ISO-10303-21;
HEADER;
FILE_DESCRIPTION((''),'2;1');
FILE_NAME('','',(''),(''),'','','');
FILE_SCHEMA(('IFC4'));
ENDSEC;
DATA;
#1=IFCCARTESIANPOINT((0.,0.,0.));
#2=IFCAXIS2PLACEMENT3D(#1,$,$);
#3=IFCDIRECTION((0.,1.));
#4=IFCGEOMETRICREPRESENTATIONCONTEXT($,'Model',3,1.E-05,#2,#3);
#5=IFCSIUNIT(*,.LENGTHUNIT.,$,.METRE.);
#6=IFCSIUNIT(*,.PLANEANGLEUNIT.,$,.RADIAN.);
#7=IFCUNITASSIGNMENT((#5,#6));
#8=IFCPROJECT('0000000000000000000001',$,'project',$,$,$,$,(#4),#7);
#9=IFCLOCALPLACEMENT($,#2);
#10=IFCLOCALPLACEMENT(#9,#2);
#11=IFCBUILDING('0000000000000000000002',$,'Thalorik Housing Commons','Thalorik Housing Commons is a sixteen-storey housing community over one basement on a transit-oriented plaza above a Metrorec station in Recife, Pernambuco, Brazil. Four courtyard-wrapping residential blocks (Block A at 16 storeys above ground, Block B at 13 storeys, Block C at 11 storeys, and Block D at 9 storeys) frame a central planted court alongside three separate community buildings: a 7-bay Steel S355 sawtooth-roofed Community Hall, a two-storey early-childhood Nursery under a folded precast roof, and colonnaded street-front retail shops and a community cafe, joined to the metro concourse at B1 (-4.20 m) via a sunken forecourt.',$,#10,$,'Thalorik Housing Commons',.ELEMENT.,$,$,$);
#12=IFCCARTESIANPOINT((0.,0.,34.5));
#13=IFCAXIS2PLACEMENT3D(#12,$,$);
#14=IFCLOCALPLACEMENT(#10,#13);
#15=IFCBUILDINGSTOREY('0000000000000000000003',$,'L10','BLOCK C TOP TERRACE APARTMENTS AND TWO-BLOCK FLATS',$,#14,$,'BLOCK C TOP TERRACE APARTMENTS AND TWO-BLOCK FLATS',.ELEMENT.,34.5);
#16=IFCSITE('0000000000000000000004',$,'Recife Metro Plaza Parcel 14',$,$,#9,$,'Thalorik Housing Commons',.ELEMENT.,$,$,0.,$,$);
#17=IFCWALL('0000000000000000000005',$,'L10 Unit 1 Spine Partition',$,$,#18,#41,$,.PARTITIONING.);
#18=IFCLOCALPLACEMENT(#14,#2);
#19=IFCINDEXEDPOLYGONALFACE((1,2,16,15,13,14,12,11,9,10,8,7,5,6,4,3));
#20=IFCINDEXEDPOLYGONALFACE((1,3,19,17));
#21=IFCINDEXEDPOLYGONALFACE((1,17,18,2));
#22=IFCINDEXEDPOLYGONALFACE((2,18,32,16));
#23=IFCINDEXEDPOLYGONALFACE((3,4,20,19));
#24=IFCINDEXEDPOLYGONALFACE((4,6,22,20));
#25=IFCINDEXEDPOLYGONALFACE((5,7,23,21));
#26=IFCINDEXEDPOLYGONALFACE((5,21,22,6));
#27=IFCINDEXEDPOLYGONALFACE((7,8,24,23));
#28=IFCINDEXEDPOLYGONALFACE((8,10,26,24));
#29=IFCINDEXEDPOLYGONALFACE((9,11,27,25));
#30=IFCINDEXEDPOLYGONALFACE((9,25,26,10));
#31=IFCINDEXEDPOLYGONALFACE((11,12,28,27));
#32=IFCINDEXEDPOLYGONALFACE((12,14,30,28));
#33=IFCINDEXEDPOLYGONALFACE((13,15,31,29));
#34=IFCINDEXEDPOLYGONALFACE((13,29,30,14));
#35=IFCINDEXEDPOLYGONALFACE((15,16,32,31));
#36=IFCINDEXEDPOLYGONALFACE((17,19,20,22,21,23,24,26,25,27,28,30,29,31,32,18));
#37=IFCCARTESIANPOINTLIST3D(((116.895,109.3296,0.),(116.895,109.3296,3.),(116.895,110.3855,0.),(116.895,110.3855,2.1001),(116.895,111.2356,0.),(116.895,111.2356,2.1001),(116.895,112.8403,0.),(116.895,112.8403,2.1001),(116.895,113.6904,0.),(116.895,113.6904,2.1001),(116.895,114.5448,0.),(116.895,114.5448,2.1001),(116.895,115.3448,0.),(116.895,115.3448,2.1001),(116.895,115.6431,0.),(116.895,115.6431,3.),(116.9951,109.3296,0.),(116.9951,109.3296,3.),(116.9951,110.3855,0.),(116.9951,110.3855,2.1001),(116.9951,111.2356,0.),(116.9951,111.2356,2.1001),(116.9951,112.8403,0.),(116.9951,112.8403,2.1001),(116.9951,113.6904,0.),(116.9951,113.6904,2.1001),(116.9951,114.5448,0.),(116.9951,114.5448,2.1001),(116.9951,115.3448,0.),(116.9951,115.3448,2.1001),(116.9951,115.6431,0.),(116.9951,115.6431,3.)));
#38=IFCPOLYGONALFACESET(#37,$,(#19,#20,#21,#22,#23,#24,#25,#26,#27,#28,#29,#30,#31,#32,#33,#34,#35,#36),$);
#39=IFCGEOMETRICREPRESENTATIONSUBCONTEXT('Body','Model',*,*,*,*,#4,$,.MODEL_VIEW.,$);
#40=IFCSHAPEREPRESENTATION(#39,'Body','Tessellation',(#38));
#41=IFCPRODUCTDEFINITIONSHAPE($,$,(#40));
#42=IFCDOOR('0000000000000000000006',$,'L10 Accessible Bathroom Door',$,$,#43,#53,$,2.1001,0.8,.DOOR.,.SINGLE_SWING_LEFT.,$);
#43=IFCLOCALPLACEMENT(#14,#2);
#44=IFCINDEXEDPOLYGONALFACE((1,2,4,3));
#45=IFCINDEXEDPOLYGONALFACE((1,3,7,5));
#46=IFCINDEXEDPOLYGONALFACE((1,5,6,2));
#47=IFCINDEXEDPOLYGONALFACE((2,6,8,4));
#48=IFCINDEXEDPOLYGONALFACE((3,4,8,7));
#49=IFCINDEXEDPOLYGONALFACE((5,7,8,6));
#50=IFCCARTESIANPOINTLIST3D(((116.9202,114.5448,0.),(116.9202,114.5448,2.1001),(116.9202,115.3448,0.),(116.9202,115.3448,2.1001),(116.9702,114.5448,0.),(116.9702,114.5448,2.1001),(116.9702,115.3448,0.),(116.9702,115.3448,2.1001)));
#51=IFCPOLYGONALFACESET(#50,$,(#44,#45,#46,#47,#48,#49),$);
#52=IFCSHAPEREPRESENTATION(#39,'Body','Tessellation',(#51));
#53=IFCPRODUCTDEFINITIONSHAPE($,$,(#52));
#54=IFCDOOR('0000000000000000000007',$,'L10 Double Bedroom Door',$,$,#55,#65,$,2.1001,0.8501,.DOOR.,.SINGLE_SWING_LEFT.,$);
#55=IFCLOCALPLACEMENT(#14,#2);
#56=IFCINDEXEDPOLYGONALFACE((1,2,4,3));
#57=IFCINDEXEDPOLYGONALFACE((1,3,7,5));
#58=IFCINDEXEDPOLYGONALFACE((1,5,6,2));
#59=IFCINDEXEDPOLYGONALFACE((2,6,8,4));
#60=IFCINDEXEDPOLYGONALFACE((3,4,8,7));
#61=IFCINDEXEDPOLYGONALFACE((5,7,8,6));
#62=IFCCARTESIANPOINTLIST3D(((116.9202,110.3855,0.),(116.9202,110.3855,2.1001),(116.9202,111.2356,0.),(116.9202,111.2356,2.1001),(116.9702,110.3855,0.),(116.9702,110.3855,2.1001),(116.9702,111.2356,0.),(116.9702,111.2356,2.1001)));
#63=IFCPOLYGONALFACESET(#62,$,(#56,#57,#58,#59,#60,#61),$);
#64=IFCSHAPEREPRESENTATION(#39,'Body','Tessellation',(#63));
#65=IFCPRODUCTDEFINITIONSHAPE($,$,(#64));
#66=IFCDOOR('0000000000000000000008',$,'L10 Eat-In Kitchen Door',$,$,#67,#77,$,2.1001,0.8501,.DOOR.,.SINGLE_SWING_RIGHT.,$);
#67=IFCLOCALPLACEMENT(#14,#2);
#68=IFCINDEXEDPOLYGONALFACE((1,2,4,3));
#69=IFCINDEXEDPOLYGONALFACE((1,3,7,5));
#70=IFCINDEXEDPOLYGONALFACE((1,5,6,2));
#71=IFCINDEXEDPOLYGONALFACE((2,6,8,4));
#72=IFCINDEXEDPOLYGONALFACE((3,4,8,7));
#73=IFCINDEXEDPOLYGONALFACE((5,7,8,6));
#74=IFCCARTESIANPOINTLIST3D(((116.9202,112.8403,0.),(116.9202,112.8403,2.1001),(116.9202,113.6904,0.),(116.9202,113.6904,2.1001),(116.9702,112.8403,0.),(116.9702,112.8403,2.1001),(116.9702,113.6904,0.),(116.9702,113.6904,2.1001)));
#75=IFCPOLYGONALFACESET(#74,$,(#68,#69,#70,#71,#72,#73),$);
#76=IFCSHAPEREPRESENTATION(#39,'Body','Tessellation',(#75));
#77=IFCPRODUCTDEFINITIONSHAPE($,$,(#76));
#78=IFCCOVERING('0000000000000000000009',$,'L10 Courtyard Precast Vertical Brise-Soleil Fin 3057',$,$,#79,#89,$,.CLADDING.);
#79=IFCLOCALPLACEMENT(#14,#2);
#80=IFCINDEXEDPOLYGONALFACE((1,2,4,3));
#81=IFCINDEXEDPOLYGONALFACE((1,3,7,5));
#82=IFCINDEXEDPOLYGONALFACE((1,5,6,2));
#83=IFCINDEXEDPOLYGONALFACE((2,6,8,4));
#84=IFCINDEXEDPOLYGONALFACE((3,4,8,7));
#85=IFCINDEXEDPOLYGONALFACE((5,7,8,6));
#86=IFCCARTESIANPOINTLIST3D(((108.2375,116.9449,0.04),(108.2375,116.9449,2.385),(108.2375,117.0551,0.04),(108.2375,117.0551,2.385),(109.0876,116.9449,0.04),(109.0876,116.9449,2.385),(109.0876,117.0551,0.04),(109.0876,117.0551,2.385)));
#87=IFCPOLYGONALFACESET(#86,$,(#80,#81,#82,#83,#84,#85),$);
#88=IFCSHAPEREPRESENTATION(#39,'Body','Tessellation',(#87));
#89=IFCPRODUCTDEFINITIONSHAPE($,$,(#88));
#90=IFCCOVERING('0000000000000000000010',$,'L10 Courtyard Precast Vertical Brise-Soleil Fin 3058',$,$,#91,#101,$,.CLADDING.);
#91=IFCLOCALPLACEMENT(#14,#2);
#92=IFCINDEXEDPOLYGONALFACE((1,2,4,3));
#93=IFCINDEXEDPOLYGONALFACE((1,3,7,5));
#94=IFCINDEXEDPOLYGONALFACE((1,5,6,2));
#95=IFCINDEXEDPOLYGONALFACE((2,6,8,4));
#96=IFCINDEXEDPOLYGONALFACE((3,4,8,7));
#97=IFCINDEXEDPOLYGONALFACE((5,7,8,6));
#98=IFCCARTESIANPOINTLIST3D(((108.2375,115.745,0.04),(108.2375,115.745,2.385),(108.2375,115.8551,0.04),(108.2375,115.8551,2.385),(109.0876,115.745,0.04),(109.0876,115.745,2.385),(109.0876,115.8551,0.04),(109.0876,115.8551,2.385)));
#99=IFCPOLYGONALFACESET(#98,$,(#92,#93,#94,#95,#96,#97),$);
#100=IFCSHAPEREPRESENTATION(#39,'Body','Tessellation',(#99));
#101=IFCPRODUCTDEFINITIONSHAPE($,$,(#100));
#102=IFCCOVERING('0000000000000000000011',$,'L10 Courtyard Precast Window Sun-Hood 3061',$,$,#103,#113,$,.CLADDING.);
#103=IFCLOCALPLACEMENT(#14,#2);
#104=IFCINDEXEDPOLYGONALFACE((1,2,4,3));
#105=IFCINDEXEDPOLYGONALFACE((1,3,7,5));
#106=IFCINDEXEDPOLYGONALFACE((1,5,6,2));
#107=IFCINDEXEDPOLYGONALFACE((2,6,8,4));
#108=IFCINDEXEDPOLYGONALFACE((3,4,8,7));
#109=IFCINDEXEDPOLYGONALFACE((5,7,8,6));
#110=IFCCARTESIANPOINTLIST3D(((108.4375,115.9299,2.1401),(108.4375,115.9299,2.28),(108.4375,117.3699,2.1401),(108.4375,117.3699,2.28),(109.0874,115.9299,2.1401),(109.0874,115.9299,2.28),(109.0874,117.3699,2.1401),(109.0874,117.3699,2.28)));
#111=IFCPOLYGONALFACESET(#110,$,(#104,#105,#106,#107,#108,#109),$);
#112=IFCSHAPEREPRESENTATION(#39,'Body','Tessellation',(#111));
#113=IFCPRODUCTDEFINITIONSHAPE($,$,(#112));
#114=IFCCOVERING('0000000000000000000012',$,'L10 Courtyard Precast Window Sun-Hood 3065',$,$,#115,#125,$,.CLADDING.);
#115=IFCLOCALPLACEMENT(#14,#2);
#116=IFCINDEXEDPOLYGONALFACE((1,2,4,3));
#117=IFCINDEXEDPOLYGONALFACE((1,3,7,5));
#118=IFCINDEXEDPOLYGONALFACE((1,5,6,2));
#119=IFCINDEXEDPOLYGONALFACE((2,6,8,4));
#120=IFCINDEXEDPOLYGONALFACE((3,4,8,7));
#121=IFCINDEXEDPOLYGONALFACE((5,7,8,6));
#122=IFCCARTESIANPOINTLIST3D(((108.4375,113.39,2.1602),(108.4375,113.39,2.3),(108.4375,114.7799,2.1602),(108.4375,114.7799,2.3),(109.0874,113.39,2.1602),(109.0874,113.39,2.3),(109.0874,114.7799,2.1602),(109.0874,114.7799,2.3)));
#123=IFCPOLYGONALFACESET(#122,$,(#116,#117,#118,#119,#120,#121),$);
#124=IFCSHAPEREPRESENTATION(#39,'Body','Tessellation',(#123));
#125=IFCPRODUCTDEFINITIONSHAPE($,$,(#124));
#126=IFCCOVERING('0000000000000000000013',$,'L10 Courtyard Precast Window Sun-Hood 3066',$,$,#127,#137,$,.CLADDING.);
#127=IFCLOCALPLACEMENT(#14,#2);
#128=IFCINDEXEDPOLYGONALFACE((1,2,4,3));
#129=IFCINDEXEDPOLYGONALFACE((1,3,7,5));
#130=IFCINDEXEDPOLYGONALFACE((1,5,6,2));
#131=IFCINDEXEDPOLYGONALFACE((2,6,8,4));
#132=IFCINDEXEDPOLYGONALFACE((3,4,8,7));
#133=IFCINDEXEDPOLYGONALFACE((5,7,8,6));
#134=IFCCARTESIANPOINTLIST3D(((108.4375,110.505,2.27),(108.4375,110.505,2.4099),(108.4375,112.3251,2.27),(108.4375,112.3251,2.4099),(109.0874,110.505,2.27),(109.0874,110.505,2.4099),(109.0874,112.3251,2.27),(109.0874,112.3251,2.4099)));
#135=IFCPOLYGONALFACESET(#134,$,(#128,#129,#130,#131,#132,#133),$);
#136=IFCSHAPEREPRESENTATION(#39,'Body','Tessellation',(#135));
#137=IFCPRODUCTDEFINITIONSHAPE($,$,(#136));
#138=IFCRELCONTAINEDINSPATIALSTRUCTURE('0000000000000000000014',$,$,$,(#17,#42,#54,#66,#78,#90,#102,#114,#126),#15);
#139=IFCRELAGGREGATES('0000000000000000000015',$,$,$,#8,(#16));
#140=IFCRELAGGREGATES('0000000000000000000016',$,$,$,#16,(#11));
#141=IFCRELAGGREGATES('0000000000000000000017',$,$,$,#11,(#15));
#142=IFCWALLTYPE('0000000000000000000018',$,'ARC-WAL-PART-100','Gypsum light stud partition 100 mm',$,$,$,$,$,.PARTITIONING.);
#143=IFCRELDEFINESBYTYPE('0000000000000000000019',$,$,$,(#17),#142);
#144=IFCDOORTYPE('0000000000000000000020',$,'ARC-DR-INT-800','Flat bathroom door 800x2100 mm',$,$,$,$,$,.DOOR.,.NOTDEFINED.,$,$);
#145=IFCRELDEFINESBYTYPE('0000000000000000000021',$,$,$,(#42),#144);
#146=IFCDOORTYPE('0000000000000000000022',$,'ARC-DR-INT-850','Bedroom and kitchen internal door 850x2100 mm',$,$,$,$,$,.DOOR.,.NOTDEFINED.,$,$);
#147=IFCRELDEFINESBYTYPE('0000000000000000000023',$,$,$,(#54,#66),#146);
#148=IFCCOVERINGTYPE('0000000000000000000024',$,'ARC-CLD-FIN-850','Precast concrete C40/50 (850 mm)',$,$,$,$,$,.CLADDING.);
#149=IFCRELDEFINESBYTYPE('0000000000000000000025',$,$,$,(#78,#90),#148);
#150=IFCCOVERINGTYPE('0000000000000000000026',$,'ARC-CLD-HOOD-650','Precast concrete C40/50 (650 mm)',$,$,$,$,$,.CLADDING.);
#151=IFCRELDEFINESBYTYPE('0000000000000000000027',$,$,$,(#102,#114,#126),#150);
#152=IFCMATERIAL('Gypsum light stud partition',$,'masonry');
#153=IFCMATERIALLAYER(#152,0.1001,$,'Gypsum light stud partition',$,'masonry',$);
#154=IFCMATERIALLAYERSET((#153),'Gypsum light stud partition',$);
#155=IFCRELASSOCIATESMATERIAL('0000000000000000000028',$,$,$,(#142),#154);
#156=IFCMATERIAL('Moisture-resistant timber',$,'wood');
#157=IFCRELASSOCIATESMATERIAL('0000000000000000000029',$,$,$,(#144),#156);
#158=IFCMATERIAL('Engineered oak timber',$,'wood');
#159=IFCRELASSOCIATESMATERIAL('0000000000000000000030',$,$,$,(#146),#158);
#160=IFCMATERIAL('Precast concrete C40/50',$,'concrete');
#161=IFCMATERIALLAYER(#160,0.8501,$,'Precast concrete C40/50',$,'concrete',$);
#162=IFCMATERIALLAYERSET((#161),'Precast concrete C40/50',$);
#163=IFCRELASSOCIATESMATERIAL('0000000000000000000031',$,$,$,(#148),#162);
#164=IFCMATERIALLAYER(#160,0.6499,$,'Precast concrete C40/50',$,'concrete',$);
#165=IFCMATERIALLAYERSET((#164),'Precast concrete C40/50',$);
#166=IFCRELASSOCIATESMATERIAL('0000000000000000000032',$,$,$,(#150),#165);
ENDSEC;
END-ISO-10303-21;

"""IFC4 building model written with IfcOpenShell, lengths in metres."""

from ifc_helpers import new_model, si_unit, direction, frame, frame_2d, origin, origin_2d, place, context, subcontext, project, spatial, rectangle, extrude, material, layer, layer_set, type_object, element, fill, save


model = new_model("IFC4")

# Units and contexts
model_context = context("Model", 3, precision=1e-05, world=origin(), true_north=direction((0.0, 1.0)))
body_context = subcontext(model_context, "Body", "Model", "MODEL_VIEW")
ifc_project = project(units=[si_unit("LENGTHUNIT", "METRE"), si_unit("PLANEANGLEUNIT", "RADIAN")], contexts=[model_context])

# Site, building, storey
site_placement = place(None, origin())
site = spatial("IfcSite", under=ifc_project, at=site_placement, Name="Recife Metro Plaza Parcel 14", LongName="Thalorik Housing Commons", CompositionType="ELEMENT", RefElevation=0.0)
building_placement = place(site_placement, origin())
building = spatial("IfcBuilding", under=site, at=building_placement, Name="Thalorik Housing Commons", Description="Thalorik Housing Commons is a sixteen-storey housing community over one basement on a transit-oriented plaza above a Metrorec station in Recife, Pernambuco, Brazil. Four courtyard-wrapping residential blocks (Block A at 16 storeys above ground, Block B at 13 storeys, Block C at 11 storeys, and Block D at 9 storeys) frame a central planted court alongside three separate community buildings: a 7-bay Steel S355 sawtooth-roofed Community Hall, a two-storey early-childhood Nursery under a folded precast roof, and colonnaded street-front retail shops and a community cafe, joined to the metro concourse at B1 (-4.20 m) via a sunken forecourt.", LongName="Thalorik Housing Commons", CompositionType="ELEMENT")
storey_placement = place(building_placement, frame((0.0, 0.0, 34.5)))
storey = spatial("IfcBuildingStorey", under=building, at=storey_placement, Name="L10", Description="BLOCK C TOP TERRACE APARTMENTS AND TWO-BLOCK FLATS", LongName="BLOCK C TOP TERRACE APARTMENTS AND TWO-BLOCK FLATS", CompositionType="ELEMENT", Elevation=34.5)

# Shared definitions
ifc_material_1 = material(Name="Precast concrete C40/50", Category="concrete")

# Wall, openings, doors
ifc_material_2 = material(Name="Gypsum light stud partition", Category="masonry")
ifc_layer_1 = layer(ifc_material_2, 0.1001, Name="Gypsum light stud partition", Category="masonry")
ifc_layer_set_1 = layer_set([ifc_layer_1], Name="Gypsum light stud partition")
wall_type_1 = type_object("IfcWallType", Name="ARC-WAL-PART-100", Description="Gypsum light stud partition 100 mm", PredefinedType="PARTITIONING", material=ifc_layer_set_1)
wall_1_placement = place(storey_placement, frame((116.9451, 109.3296, 0.0), z_axis=(0.0, 0.0, 1.0), x_axis=(0.0, 1.0, 0.0)))
wall_1 = element("IfcWall", 1, at=wall_1_placement, inside=storey, type_object=wall_type_1, Name="L10 Unit 1 Spine Partition", PredefinedType="PARTITIONING", context=body_context, shape_type="SweptSolid", body=[
    extrude(rectangle(XDim=6.3135, YDim=0.1001, at=frame_2d((3.1567, 0.0))), origin(), (0.0, 0.0, 1.0), 3.0),
])
opening_1_placement = place(wall_1_placement, frame((1.0559, 0.0, 0.0)))
opening_1 = element("IfcOpeningElement", 2, at=opening_1_placement, cuts=wall_1, PredefinedType="OPENING", context=body_context, shape_type="SweptSolid", body=[
    extrude(rectangle(XDim=0.8501, YDim=2.1001, at=frame_2d((0.425, 1.05))), frame((0.0, 0.0601, 0.0), z_axis=(0.0, -1.0, 0.0), x_axis=(1.0, 0.0, 0.0)), (0.0, 0.0, 1.0), 0.1201),
])
opening_2_placement = place(wall_1_placement, frame((3.5107, 0.0, 0.0)))
opening_2 = element("IfcOpeningElement", 3, at=opening_2_placement, cuts=wall_1, PredefinedType="OPENING", context=body_context, shape_type="SweptSolid", body=[
    extrude(rectangle(XDim=0.8501, YDim=2.1001, at=frame_2d((0.425, 1.05))), frame((0.0, 0.0601, 0.0), z_axis=(0.0, -1.0, 0.0), x_axis=(1.0, 0.0, 0.0)), (0.0, 0.0, 1.0), 0.1201),
])
opening_3_placement = place(wall_1_placement, frame((5.2153, 0.0, 0.0)))
opening_3 = element("IfcOpeningElement", 4, at=opening_3_placement, cuts=wall_1, PredefinedType="OPENING", context=body_context, shape_type="SweptSolid", body=[
    extrude(rectangle(XDim=0.8, YDim=2.1001, at=frame_2d((0.3999, 1.05))), frame((0.0, 0.0601, 0.0), z_axis=(0.0, -1.0, 0.0), x_axis=(1.0, 0.0, 0.0)), (0.0, 0.0, 1.0), 0.1201),
])
ifc_material_3 = material(Name="Moisture-resistant timber", Category="wood")
door_type_1 = type_object("IfcDoorType", Name="ARC-DR-INT-800", Description="Flat bathroom door 800x2100 mm", OperationType="NOTDEFINED", PredefinedType="DOOR", material=ifc_material_3)
door_1_placement = place(opening_3_placement, origin())
door_1 = element("IfcDoor", 5, at=door_1_placement, inside=storey, type_object=door_type_1, Name="L10 Accessible Bathroom Door", OperationType="SINGLE_SWING_LEFT", OverallHeight=2.1001, OverallWidth=0.8, PredefinedType="DOOR", context=body_context, shape_type="SweptSolid", body=[
    extrude(rectangle(XDim=0.8, YDim=2.1001, at=frame_2d((0.3999, 1.05))), frame((0.0, 0.0249, 0.0), z_axis=(0.0, -1.0, 0.0), x_axis=(1.0, 0.0, 0.0)), (0.0, 0.0, 1.0), 0.05),
])
fill(opening_3, door_1)
ifc_material_4 = material(Name="Engineered oak timber", Category="wood")
door_type_2 = type_object("IfcDoorType", Name="ARC-DR-INT-850", Description="Bedroom and kitchen internal door 850x2100 mm", OperationType="NOTDEFINED", PredefinedType="DOOR", material=ifc_material_4)
door_2_placement = place(opening_1_placement, origin())
door_2 = element("IfcDoor", 6, at=door_2_placement, inside=storey, type_object=door_type_2, Name="L10 Double Bedroom Door", OperationType="SINGLE_SWING_LEFT", OverallHeight=2.1001, OverallWidth=0.8501, PredefinedType="DOOR", context=body_context, shape_type="SweptSolid", body=[
    extrude(rectangle(XDim=0.8501, YDim=2.1001, at=frame_2d((0.425, 1.05))), frame((0.0, 0.0249, 0.0), z_axis=(0.0, -1.0, 0.0), x_axis=(1.0, 0.0, 0.0)), (0.0, 0.0, 1.0), 0.05),
])
fill(opening_1, door_2)
door_3_placement = place(opening_2_placement, origin())
door_3 = element("IfcDoor", 7, at=door_3_placement, inside=storey, type_object=door_type_2, Name="L10 Eat-In Kitchen Door", OperationType="SINGLE_SWING_RIGHT", OverallHeight=2.1001, OverallWidth=0.8501, PredefinedType="DOOR", context=body_context, shape_type="SweptSolid", body=[
    extrude(rectangle(XDim=0.8501, YDim=2.1001, at=frame_2d((0.425, 1.05))), frame((0.0, 0.0249, 0.0), z_axis=(0.0, -1.0, 0.0), x_axis=(1.0, 0.0, 0.0)), (0.0, 0.0, 1.0), 0.05),
])
fill(opening_2, door_3)

# Coverings
ifc_layer_2 = layer(ifc_material_1, 0.8501, Name="Precast concrete C40/50", Category="concrete")
ifc_layer_set_2 = layer_set([ifc_layer_2], Name="Precast concrete C40/50")
covering_type_1 = type_object("IfcCoveringType", Name="ARC-CLD-FIN-850", Description="Precast concrete C40/50 (850 mm)", PredefinedType="CLADDING", material=ifc_layer_set_2)
for number, where, z_axis, x_axis, name in (
    (8, (108.6626, 117.0, 0.04), (0.0, 0.0, 1.0), (0.0, -1.0, 0.0), "L10 Courtyard Precast Vertical Brise-Soleil Fin 3057"),
    (9, (108.6626, 115.8, 0.04), (0.0, 0.0, 1.0), (0.0, -1.0, 0.0), "L10 Courtyard Precast Vertical Brise-Soleil Fin 3058"),
):
    element("IfcCovering", number, at=place(storey_placement, frame(where, z_axis=z_axis, x_axis=x_axis)), inside=storey, type_object=covering_type_1, Name=name, PredefinedType="CLADDING", context=body_context, shape_type="SweptSolid", body=[
        extrude(rectangle(XDim=0.1101, YDim=0.8501, at=origin_2d()), origin(), (0.0, 0.0, 1.0), 2.345),
    ])
ifc_layer_3 = layer(ifc_material_1, 0.6499, Name="Precast concrete C40/50", Category="concrete")
ifc_layer_set_3 = layer_set([ifc_layer_3], Name="Precast concrete C40/50")
covering_type_2 = type_object("IfcCoveringType", Name="ARC-CLD-HOOD-650", Description="Precast concrete C40/50 (650 mm)", PredefinedType="CLADDING", material=ifc_layer_set_3)
covering_1_placement = place(storey_placement, frame((108.7625, 116.6499, 2.1401), z_axis=(0.0, 0.0, 1.0), x_axis=(0.0, -1.0, 0.0)))
element("IfcCovering", 10, at=covering_1_placement, inside=storey, type_object=covering_type_2, Name="L10 Courtyard Precast Window Sun-Hood 3061", PredefinedType="CLADDING", context=body_context, shape_type="SweptSolid", body=[
    extrude(rectangle(XDim=1.4399, YDim=0.6499, at=origin_2d()), origin(), (0.0, 0.0, 1.0), 0.1399),
])
covering_2_placement = place(storey_placement, frame((108.7625, 114.085, 2.1602), z_axis=(0.0, 0.0, 1.0), x_axis=(0.0, -1.0, 0.0)))
element("IfcCovering", 11, at=covering_2_placement, inside=storey, type_object=covering_type_2, Name="L10 Courtyard Precast Window Sun-Hood 3065", PredefinedType="CLADDING", context=body_context, shape_type="SweptSolid", body=[
    extrude(rectangle(XDim=1.3899, YDim=0.6499, at=origin_2d()), origin(), (0.0, 0.0, 1.0), 0.1399),
])
covering_3_placement = place(storey_placement, frame((108.7625, 111.415, 2.27), z_axis=(0.0, 0.0, 1.0), x_axis=(0.0, -1.0, 0.0)))
element("IfcCovering", 12, at=covering_3_placement, inside=storey, type_object=covering_type_2, Name="L10 Courtyard Precast Window Sun-Hood 3066", PredefinedType="CLADDING", context=body_context, shape_type="SweptSolid", body=[
    extrude(rectangle(XDim=1.8201, YDim=0.6499, at=origin_2d()), origin(), (0.0, 0.0, 1.0), 0.1399),
])

save(model, "model.ifc")
